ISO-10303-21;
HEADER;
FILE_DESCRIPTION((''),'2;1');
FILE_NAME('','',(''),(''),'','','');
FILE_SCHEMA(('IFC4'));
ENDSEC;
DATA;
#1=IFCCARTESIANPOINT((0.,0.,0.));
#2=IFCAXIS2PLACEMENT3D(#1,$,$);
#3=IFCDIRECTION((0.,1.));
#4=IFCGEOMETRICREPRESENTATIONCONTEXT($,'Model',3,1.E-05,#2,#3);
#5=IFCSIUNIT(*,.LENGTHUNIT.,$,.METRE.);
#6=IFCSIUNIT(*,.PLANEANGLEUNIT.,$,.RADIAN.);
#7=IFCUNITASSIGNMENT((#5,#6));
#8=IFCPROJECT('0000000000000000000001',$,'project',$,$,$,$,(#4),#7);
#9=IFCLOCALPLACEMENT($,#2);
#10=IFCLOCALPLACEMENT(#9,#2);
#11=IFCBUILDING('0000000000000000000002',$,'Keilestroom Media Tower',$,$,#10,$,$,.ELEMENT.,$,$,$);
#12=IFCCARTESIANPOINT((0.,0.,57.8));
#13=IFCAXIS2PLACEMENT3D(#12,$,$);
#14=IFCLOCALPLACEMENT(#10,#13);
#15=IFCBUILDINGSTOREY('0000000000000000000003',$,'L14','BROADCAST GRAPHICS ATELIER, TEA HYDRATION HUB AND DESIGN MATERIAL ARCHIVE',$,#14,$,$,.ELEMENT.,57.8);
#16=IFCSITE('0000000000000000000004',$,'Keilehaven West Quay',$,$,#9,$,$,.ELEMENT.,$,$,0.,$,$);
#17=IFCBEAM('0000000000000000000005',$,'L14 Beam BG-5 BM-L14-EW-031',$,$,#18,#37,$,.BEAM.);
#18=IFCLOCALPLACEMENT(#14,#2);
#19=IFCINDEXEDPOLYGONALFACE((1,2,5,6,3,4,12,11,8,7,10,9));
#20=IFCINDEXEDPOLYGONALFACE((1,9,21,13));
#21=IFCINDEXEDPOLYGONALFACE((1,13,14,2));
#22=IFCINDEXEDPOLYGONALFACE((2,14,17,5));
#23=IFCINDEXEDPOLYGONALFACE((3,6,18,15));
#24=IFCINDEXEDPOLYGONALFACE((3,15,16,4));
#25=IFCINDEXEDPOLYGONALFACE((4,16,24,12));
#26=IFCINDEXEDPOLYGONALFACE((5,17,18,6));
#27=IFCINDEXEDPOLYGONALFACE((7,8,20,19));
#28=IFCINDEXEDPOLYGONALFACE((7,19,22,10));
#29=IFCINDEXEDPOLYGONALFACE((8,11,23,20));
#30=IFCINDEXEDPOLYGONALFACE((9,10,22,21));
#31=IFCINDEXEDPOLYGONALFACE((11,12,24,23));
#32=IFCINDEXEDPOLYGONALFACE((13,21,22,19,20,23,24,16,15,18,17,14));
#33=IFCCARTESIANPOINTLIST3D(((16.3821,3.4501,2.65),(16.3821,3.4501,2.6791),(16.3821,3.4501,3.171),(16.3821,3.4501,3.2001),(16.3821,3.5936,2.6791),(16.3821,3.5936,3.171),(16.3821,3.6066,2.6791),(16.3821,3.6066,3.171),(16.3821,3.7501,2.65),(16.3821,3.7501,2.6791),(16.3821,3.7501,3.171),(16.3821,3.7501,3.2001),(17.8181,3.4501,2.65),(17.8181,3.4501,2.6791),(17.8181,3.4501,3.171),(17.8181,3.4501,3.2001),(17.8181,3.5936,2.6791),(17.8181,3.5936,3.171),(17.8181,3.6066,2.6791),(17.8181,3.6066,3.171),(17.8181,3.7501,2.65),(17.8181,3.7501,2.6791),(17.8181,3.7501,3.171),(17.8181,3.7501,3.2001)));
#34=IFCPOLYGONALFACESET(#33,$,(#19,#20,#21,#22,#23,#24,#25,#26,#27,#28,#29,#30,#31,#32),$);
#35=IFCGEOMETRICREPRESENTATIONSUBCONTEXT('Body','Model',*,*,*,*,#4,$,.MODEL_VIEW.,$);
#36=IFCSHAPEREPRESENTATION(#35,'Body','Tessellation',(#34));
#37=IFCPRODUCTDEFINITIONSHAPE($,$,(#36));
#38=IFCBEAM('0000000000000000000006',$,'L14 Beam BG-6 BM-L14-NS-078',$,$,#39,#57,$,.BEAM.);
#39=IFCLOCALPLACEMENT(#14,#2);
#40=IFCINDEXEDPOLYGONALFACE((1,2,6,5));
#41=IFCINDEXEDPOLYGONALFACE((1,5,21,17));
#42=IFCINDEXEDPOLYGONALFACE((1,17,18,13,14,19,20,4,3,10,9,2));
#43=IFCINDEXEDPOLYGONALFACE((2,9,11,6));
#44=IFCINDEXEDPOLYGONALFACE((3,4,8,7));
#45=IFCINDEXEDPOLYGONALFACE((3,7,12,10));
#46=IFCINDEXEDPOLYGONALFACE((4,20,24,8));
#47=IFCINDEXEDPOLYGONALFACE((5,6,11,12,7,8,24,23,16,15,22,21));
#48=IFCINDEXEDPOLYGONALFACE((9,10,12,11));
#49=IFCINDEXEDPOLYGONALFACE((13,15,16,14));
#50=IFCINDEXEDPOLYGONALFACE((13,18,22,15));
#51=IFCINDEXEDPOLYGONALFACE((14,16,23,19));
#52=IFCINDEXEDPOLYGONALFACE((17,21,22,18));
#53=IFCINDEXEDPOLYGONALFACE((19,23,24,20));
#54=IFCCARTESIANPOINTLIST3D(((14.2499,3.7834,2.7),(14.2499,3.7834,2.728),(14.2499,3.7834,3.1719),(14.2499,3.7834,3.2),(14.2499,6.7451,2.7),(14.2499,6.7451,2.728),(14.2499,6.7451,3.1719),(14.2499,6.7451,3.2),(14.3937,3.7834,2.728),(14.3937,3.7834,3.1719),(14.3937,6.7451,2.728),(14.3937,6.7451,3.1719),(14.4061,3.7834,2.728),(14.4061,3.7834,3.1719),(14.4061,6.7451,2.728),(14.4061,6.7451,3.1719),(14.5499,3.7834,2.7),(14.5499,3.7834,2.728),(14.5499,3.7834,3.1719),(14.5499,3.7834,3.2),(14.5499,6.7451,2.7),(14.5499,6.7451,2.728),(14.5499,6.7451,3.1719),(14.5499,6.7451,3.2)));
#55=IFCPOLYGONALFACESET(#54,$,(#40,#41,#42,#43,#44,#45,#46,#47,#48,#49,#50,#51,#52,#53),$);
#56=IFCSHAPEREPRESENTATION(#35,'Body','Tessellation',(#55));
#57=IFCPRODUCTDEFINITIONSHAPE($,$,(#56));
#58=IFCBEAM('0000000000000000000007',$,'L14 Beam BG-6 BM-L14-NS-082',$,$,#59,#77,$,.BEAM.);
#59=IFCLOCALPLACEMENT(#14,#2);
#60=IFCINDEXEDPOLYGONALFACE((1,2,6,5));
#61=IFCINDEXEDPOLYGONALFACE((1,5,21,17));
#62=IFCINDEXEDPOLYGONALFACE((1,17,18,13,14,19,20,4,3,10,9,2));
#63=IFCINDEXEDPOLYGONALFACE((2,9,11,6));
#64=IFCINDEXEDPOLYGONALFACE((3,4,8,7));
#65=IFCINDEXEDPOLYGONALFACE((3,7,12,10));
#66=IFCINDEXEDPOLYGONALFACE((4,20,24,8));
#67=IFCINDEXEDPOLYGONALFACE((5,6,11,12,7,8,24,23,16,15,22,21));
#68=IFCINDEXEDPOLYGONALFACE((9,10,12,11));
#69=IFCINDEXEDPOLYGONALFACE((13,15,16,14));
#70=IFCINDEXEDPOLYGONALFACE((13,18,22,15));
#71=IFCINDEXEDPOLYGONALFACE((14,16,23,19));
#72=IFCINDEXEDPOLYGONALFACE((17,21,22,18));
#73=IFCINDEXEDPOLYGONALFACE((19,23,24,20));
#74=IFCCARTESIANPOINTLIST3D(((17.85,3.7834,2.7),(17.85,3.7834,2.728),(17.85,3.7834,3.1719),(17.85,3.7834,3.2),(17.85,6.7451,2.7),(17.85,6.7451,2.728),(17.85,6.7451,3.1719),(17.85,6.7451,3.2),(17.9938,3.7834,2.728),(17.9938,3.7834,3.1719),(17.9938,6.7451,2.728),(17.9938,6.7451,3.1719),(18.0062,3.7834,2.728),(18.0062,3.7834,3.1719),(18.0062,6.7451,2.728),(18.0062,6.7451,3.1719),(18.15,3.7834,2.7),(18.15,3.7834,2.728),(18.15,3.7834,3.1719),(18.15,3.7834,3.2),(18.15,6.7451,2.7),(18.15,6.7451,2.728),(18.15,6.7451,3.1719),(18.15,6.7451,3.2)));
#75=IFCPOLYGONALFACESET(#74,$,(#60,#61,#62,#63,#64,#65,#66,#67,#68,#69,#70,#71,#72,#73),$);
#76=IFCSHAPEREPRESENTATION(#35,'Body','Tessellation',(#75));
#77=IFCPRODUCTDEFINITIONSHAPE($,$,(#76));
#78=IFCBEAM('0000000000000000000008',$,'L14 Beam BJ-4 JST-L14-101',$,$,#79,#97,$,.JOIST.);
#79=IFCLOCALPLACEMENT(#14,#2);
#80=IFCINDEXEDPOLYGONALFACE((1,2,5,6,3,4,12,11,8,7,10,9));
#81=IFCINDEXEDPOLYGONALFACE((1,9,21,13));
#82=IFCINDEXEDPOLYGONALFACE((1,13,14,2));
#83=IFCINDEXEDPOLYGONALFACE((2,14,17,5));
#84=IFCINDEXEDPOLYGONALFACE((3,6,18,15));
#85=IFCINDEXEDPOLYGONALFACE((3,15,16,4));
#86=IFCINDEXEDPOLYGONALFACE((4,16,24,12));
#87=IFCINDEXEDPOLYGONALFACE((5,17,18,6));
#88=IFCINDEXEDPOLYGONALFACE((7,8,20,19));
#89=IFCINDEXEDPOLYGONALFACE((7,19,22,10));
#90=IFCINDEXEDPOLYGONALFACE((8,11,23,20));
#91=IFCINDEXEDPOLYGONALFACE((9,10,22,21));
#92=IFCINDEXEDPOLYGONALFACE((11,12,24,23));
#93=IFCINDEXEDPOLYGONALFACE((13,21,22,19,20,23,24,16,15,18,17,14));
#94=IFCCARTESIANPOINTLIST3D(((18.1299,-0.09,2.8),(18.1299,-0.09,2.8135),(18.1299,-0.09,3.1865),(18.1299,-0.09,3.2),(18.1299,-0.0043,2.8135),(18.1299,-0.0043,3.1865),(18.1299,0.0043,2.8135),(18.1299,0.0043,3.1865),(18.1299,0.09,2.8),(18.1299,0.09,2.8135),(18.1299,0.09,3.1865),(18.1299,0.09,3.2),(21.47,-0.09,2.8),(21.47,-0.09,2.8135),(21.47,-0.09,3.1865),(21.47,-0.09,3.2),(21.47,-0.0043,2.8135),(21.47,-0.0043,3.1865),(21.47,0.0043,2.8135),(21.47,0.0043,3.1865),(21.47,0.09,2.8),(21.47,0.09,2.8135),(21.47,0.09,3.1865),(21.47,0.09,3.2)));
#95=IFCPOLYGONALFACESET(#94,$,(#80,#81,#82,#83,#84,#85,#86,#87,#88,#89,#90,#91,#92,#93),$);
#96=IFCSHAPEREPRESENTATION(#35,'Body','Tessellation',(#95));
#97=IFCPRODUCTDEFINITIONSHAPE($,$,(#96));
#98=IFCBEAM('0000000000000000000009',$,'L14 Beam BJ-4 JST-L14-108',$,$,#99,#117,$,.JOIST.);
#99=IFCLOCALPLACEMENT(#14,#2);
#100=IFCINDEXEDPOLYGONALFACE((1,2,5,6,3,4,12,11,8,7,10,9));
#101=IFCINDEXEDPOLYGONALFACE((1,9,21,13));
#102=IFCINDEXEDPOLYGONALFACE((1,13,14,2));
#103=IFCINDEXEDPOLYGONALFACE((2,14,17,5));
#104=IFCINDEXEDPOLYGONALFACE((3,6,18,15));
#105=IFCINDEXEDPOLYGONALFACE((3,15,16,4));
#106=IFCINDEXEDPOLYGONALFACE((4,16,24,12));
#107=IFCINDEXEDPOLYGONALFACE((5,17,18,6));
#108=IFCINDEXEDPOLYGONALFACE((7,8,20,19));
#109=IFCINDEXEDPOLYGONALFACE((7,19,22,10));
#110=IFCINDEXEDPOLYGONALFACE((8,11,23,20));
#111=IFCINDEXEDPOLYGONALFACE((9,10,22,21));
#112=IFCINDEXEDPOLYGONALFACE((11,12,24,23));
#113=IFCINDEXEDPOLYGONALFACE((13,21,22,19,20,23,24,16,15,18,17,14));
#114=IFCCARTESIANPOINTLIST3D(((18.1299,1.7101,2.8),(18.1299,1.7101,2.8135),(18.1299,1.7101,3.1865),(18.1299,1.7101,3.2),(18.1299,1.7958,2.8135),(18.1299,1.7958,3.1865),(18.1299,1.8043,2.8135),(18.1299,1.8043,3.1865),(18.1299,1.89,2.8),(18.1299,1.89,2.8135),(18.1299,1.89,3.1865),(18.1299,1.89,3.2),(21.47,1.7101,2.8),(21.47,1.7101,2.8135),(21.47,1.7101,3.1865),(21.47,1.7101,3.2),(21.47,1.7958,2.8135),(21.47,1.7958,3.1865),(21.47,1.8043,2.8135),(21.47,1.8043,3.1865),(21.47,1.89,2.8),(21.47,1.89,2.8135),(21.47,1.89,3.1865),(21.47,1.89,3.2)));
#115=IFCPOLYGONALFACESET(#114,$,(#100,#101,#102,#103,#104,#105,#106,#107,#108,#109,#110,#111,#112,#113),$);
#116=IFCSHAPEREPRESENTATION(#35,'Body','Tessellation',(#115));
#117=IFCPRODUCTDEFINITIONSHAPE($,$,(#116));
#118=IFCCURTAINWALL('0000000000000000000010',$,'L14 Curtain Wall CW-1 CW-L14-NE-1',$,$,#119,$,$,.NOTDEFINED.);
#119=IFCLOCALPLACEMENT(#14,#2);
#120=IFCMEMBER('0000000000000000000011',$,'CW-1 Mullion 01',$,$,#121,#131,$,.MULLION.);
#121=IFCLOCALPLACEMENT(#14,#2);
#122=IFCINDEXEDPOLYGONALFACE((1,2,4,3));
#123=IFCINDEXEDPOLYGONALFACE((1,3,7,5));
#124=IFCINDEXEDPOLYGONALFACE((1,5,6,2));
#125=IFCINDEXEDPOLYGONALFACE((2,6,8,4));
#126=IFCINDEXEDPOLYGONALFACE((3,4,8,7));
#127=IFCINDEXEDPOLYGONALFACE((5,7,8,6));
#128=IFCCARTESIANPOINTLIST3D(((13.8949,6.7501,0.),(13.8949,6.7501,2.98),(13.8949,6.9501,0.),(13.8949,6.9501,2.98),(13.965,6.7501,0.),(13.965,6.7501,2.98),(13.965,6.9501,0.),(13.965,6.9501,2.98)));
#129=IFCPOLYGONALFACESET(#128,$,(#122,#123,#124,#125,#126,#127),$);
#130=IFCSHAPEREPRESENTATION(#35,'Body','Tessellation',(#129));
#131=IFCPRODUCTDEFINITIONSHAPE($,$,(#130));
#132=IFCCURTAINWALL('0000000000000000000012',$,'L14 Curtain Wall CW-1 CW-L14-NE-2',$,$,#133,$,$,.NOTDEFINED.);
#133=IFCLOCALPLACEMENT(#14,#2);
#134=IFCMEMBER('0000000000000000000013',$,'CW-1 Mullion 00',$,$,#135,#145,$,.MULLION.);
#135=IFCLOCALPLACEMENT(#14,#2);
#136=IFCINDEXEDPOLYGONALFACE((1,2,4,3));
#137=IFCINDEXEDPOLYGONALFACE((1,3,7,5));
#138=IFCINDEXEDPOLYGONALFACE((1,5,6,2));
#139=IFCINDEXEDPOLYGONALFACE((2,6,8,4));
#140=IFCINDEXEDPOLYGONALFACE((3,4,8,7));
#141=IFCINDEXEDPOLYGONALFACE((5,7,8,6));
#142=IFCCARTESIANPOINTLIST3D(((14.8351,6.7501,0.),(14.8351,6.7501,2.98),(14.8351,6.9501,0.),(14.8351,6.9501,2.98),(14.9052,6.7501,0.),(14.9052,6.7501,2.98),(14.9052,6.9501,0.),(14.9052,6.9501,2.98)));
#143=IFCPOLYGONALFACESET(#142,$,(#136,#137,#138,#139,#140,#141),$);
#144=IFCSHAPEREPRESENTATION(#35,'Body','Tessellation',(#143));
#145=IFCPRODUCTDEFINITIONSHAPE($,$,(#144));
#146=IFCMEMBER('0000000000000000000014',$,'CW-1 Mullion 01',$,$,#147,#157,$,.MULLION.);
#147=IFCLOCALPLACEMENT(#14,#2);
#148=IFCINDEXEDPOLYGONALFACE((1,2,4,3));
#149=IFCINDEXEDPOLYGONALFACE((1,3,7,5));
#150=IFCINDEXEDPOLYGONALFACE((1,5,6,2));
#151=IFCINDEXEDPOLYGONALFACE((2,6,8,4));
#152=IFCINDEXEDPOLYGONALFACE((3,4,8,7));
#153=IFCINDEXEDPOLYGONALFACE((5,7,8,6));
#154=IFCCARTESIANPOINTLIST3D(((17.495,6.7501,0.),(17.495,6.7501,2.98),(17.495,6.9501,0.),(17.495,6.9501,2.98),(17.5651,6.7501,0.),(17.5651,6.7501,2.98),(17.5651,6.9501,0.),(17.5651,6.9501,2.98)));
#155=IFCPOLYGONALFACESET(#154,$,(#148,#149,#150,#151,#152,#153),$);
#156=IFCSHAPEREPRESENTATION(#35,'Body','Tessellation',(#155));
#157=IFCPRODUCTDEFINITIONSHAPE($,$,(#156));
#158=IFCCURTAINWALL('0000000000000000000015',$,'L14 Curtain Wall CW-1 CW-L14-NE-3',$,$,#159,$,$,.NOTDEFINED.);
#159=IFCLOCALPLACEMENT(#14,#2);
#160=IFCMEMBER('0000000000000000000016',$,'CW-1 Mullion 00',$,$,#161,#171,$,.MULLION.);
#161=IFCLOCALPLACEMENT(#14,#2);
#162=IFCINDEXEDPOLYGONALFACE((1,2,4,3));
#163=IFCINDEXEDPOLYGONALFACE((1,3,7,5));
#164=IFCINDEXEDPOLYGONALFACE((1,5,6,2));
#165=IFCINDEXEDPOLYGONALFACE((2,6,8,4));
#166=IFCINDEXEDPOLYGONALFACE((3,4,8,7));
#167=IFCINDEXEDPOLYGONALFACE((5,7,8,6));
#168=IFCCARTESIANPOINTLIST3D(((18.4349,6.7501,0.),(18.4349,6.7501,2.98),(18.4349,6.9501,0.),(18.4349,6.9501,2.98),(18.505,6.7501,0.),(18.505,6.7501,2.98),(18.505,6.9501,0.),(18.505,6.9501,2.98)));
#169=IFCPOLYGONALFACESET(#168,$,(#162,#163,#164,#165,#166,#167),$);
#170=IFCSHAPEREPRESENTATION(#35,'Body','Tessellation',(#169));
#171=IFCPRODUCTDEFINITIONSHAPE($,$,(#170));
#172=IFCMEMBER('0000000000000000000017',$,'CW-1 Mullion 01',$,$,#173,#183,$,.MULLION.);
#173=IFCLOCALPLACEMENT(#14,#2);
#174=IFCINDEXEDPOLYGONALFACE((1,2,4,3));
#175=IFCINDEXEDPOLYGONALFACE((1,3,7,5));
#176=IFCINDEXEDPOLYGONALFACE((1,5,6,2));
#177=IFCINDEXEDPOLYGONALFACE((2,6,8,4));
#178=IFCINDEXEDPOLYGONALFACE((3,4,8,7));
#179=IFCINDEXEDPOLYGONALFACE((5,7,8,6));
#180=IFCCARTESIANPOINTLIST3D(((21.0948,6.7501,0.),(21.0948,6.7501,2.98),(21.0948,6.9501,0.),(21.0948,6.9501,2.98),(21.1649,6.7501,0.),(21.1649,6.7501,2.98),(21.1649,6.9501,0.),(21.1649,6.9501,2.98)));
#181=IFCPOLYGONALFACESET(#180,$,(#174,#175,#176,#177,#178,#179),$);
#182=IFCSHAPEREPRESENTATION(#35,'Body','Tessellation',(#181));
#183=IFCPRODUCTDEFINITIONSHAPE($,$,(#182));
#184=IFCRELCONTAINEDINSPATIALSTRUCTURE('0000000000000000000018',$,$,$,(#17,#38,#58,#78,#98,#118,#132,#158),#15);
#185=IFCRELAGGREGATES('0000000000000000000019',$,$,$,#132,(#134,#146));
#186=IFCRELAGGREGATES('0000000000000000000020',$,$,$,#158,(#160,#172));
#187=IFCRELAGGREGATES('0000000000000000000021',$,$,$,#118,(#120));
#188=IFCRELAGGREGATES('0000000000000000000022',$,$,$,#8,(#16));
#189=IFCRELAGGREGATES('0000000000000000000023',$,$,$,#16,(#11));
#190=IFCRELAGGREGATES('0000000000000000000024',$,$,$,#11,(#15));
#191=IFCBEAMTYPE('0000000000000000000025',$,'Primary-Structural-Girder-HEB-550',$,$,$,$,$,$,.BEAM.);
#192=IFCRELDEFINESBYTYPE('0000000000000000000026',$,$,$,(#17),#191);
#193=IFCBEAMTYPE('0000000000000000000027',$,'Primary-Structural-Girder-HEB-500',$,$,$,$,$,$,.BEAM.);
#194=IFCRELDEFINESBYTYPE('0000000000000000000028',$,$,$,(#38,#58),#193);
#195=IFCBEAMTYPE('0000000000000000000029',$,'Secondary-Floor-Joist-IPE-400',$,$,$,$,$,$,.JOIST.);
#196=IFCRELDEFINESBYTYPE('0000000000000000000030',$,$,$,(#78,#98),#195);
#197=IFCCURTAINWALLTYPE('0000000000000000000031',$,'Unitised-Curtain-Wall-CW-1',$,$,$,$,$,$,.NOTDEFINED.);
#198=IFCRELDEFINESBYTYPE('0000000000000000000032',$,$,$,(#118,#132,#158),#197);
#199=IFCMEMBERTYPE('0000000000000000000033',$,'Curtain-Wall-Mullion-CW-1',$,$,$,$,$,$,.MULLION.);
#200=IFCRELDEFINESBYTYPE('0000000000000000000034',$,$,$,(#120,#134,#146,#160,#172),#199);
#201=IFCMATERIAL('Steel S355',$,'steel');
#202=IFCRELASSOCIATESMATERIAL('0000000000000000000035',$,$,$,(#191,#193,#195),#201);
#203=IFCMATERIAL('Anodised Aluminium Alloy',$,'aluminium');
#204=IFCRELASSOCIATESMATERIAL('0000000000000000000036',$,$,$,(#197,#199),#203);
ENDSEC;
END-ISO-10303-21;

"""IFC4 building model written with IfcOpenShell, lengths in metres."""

from ifc_helpers import new_model, si_unit, direction, frame, origin, origin_2d, place, context, subcontext, project, spatial, rectangle, i_section, extrude, source, transform, mapped, material, material_profile, profile_set, type_object, element, aggregate, save


model = new_model("IFC4")

# Units and contexts
model_context = context("Model", 3, precision=1e-05, world=origin(), true_north=direction((0.0, 1.0)))
body_context = subcontext(model_context, "Body", "Model", "MODEL_VIEW")
ifc_project = project(units=[si_unit("LENGTHUNIT", "METRE"), si_unit("PLANEANGLEUNIT", "RADIAN")], contexts=[model_context])

# Site, building, storey
site_placement = place(None, origin())
site = spatial("IfcSite", under=ifc_project, at=site_placement, Name="Keilehaven West Quay", CompositionType="ELEMENT", RefElevation=0.0)
building_placement = place(site_placement, origin())
building = spatial("IfcBuilding", under=site, at=building_placement, Name="Keilestroom Media Tower", CompositionType="ELEMENT")
storey_placement = place(building_placement, frame((0.0, 0.0, 57.8)))
storey = spatial("IfcBuildingStorey", under=building, at=storey_placement, Name="L14", Description="BROADCAST GRAPHICS ATELIER, TEA HYDRATION HUB AND DESIGN MATERIAL ARCHIVE", CompositionType="ELEMENT", Elevation=57.8)

# Beams
ifc_material_1 = material(Name="Steel S355", Category="steel")
ifc_material_profile_1 = material_profile(ifc_material_1, i_section(OverallWidth=0.3, OverallDepth=0.55, WebThickness=0.0129, FlangeThickness=0.0291, at=origin_2d()), Name="HEB 550")
ifc_profile_set_1 = profile_set([ifc_material_profile_1], Name="Steel S355")
beam_type_1 = type_object("IfcBeamType", Name="Primary-Structural-Girder-HEB-550", PredefinedType="BEAM", material=ifc_profile_set_1)
shared_shape_1 = source(origin(), body_context, "Body", "SweptSolid", [
    extrude(i_section(OverallWidth=0.3, OverallDepth=0.55, WebThickness=0.0129, FlangeThickness=0.0291, at=origin_2d()), origin(), (0.0, 0.0, 1.0), 1.436),
])
for number, where, z_axis, x_axis, name in (
    (1, (16.3821, 3.6001, 2.925), (1.0, 0.0, 0.0), (0.0, 1.0, 0.0), "L14 Beam BG-5 BM-L14-EW-031"),
):
    element("IfcBeam", number, at=place(storey_placement, frame(where, z_axis=z_axis, x_axis=x_axis)), inside=storey, type_object=beam_type_1, Name=name, PredefinedType="BEAM", context=body_context, shape_type="MappedRepresentation", body=[
        mapped(shared_shape_1, transform((0.0, 0.0, 0.0), x_axis=(1.0, 0.0, 0.0), y_axis=(0.0, 1.0, 0.0), z_axis=(0.0, 0.0, 1.0), scale=1.0)),
    ])
ifc_material_profile_2 = material_profile(ifc_material_1, i_section(OverallWidth=0.3, OverallDepth=0.5, WebThickness=0.0125, FlangeThickness=0.0281, at=origin_2d()), Name="HEB 500")
ifc_profile_set_2 = profile_set([ifc_material_profile_2], Name="Steel S355")
beam_type_2 = type_object("IfcBeamType", Name="Primary-Structural-Girder-HEB-500", PredefinedType="BEAM", material=ifc_profile_set_2)
shared_shape_2 = source(origin(), body_context, "Body", "SweptSolid", [
    extrude(i_section(OverallWidth=0.3, OverallDepth=0.5, WebThickness=0.0125, FlangeThickness=0.0281, at=origin_2d()), origin(), (0.0, 0.0, 1.0), 2.9617),
])
for number, where, z_axis, x_axis, name in (
    (2, (14.3999, 3.7834, 2.95), (0.0, 1.0, 0.0), (-1.0, 0.0, 0.0), "L14 Beam BG-6 BM-L14-NS-078"),
    (3, (18.0, 3.7834, 2.95), (0.0, 1.0, 0.0), (-1.0, 0.0, 0.0), "L14 Beam BG-6 BM-L14-NS-082"),
):
    element("IfcBeam", number, at=place(storey_placement, frame(where, z_axis=z_axis, x_axis=x_axis)), inside=storey, type_object=beam_type_2, Name=name, PredefinedType="BEAM", context=body_context, shape_type="MappedRepresentation", body=[
        mapped(shared_shape_2, transform((0.0, 0.0, 0.0), x_axis=(1.0, 0.0, 0.0), y_axis=(0.0, 1.0, 0.0), z_axis=(0.0, 0.0, 1.0), scale=1.0)),
    ])
ifc_material_profile_3 = material_profile(ifc_material_1, i_section(OverallWidth=0.1799, OverallDepth=0.3999, WebThickness=0.0085, FlangeThickness=0.0134, at=origin_2d()), Name="IPE 400")
ifc_profile_set_3 = profile_set([ifc_material_profile_3], Name="Steel S355")
beam_type_3 = type_object("IfcBeamType", Name="Secondary-Floor-Joist-IPE-400", PredefinedType="JOIST", material=ifc_profile_set_3)
shared_shape_3 = source(origin(), body_context, "Body", "SweptSolid", [
    extrude(i_section(OverallWidth=0.1799, OverallDepth=0.3999, WebThickness=0.0085, FlangeThickness=0.0134, at=origin_2d()), origin(), (0.0, 0.0, 1.0), 3.3401),
])
for number, where, z_axis, x_axis, name in (
    (4, (18.1299, 0.0, 3.0), (1.0, 0.0, 0.0), (0.0, 1.0, 0.0), "L14 Beam BJ-4 JST-L14-101"),
    (5, (18.1299, 1.8, 3.0), (1.0, 0.0, 0.0), (0.0, 1.0, 0.0), "L14 Beam BJ-4 JST-L14-108"),
):
    element("IfcBeam", number, at=place(storey_placement, frame(where, z_axis=z_axis, x_axis=x_axis)), inside=storey, type_object=beam_type_3, Name=name, PredefinedType="JOIST", context=body_context, shape_type="MappedRepresentation", body=[
        mapped(shared_shape_3, transform((0.0, 0.0, 0.0), x_axis=(1.0, 0.0, 0.0), y_axis=(0.0, 1.0, 0.0), z_axis=(0.0, 0.0, 1.0), scale=1.0)),
    ])

# Curtain wall, member
ifc_material_2 = material(Name="Anodised Aluminium Alloy", Category="aluminium")
curtain_wall_type = type_object("IfcCurtainWallType", Name="Unitised-Curtain-Wall-CW-1", PredefinedType="NOTDEFINED", material=ifc_material_2)
curtain_wall_1_placement = place(storey_placement, origin())
curtain_wall_1 = element("IfcCurtainWall", 6, at=curtain_wall_1_placement, inside=storey, type_object=curtain_wall_type, Name="L14 Curtain Wall CW-1 CW-L14-NE-1", PredefinedType="NOTDEFINED")
ifc_material_profile_4 = material_profile(ifc_material_2, rectangle(XDim=0.0701, YDim=0.2, at=origin_2d()), Name="ALU MULLION 70x200")
ifc_profile_set_4 = profile_set([ifc_material_profile_4], Name="Anodised Aluminium Alloy")
member_type_1 = type_object("IfcMemberType", Name="Curtain-Wall-Mullion-CW-1", PredefinedType="MULLION", material=ifc_profile_set_4)
shared_shape_4 = source(origin(), body_context, "Body", "SweptSolid", [
    extrude(rectangle(XDim=0.0701, YDim=0.2, at=origin_2d()), origin(), (0.0, 0.0, 1.0), 2.98),
])
member_1_placement = place(storey_placement, frame((13.9299, 6.8501, 0.0), z_axis=(0.0, 0.0, 1.0), x_axis=(1.0, 0.0, 0.0)))
member_1 = element("IfcMember", 7, at=member_1_placement, type_object=member_type_1, Name="CW-1 Mullion 01", PredefinedType="MULLION", context=body_context, shape_type="MappedRepresentation", body=[
    mapped(shared_shape_4, transform((0.0, 0.0, 0.0), x_axis=(1.0, 0.0, 0.0), y_axis=(0.0, 1.0, 0.0), z_axis=(0.0, 0.0, 1.0), scale=1.0)),
])

# Curtain walls, members
curtain_wall_2_placement = place(storey_placement, origin())
curtain_wall_2 = element("IfcCurtainWall", 8, at=curtain_wall_2_placement, inside=storey, type_object=curtain_wall_type, Name="L14 Curtain Wall CW-1 CW-L14-NE-2", PredefinedType="NOTDEFINED")
member_2_placement = place(storey_placement, frame((14.8701, 6.8501, 0.0), z_axis=(0.0, 0.0, 1.0), x_axis=(1.0, 0.0, 0.0)))
member_2 = element("IfcMember", 9, at=member_2_placement, type_object=member_type_1, Name="CW-1 Mullion 00", PredefinedType="MULLION", context=body_context, shape_type="MappedRepresentation", body=[
    mapped(shared_shape_4, transform((0.0, 0.0, 0.0), x_axis=(1.0, 0.0, 0.0), y_axis=(0.0, 1.0, 0.0), z_axis=(0.0, 0.0, 1.0), scale=1.0)),
])
member_3_placement = place(storey_placement, frame((17.53, 6.8501, 0.0), z_axis=(0.0, 0.0, 1.0), x_axis=(1.0, 0.0, 0.0)))
member_3 = element("IfcMember", 10, at=member_3_placement, type_object=member_type_1, Name="CW-1 Mullion 01", PredefinedType="MULLION", context=body_context, shape_type="MappedRepresentation", body=[
    mapped(shared_shape_4, transform((0.0, 0.0, 0.0), x_axis=(1.0, 0.0, 0.0), y_axis=(0.0, 1.0, 0.0), z_axis=(0.0, 0.0, 1.0), scale=1.0)),
])
curtain_wall_3_placement = place(storey_placement, origin())
curtain_wall_3 = element("IfcCurtainWall", 11, at=curtain_wall_3_placement, inside=storey, type_object=curtain_wall_type, Name="L14 Curtain Wall CW-1 CW-L14-NE-3", PredefinedType="NOTDEFINED")
member_4_placement = place(storey_placement, frame((18.47, 6.8501, 0.0), z_axis=(0.0, 0.0, 1.0), x_axis=(1.0, 0.0, 0.0)))
member_4 = element("IfcMember", 12, at=member_4_placement, type_object=member_type_1, Name="CW-1 Mullion 00", PredefinedType="MULLION", context=body_context, shape_type="MappedRepresentation", body=[
    mapped(shared_shape_4, transform((0.0, 0.0, 0.0), x_axis=(1.0, 0.0, 0.0), y_axis=(0.0, 1.0, 0.0), z_axis=(0.0, 0.0, 1.0), scale=1.0)),
])
member_5_placement = place(storey_placement, frame((21.1299, 6.8501, 0.0), z_axis=(0.0, 0.0, 1.0), x_axis=(1.0, 0.0, 0.0)))
member_5 = element("IfcMember", 13, at=member_5_placement, type_object=member_type_1, Name="CW-1 Mullion 01", PredefinedType="MULLION", context=body_context, shape_type="MappedRepresentation", body=[
    mapped(shared_shape_4, transform((0.0, 0.0, 0.0), x_axis=(1.0, 0.0, 0.0), y_axis=(0.0, 1.0, 0.0), z_axis=(0.0, 0.0, 1.0), scale=1.0)),
])

aggregate(curtain_wall_2, [member_2, member_3])
aggregate(curtain_wall_3, [member_4, member_5])
aggregate(curtain_wall_1, [member_1])

save(model, "model.ifc")
